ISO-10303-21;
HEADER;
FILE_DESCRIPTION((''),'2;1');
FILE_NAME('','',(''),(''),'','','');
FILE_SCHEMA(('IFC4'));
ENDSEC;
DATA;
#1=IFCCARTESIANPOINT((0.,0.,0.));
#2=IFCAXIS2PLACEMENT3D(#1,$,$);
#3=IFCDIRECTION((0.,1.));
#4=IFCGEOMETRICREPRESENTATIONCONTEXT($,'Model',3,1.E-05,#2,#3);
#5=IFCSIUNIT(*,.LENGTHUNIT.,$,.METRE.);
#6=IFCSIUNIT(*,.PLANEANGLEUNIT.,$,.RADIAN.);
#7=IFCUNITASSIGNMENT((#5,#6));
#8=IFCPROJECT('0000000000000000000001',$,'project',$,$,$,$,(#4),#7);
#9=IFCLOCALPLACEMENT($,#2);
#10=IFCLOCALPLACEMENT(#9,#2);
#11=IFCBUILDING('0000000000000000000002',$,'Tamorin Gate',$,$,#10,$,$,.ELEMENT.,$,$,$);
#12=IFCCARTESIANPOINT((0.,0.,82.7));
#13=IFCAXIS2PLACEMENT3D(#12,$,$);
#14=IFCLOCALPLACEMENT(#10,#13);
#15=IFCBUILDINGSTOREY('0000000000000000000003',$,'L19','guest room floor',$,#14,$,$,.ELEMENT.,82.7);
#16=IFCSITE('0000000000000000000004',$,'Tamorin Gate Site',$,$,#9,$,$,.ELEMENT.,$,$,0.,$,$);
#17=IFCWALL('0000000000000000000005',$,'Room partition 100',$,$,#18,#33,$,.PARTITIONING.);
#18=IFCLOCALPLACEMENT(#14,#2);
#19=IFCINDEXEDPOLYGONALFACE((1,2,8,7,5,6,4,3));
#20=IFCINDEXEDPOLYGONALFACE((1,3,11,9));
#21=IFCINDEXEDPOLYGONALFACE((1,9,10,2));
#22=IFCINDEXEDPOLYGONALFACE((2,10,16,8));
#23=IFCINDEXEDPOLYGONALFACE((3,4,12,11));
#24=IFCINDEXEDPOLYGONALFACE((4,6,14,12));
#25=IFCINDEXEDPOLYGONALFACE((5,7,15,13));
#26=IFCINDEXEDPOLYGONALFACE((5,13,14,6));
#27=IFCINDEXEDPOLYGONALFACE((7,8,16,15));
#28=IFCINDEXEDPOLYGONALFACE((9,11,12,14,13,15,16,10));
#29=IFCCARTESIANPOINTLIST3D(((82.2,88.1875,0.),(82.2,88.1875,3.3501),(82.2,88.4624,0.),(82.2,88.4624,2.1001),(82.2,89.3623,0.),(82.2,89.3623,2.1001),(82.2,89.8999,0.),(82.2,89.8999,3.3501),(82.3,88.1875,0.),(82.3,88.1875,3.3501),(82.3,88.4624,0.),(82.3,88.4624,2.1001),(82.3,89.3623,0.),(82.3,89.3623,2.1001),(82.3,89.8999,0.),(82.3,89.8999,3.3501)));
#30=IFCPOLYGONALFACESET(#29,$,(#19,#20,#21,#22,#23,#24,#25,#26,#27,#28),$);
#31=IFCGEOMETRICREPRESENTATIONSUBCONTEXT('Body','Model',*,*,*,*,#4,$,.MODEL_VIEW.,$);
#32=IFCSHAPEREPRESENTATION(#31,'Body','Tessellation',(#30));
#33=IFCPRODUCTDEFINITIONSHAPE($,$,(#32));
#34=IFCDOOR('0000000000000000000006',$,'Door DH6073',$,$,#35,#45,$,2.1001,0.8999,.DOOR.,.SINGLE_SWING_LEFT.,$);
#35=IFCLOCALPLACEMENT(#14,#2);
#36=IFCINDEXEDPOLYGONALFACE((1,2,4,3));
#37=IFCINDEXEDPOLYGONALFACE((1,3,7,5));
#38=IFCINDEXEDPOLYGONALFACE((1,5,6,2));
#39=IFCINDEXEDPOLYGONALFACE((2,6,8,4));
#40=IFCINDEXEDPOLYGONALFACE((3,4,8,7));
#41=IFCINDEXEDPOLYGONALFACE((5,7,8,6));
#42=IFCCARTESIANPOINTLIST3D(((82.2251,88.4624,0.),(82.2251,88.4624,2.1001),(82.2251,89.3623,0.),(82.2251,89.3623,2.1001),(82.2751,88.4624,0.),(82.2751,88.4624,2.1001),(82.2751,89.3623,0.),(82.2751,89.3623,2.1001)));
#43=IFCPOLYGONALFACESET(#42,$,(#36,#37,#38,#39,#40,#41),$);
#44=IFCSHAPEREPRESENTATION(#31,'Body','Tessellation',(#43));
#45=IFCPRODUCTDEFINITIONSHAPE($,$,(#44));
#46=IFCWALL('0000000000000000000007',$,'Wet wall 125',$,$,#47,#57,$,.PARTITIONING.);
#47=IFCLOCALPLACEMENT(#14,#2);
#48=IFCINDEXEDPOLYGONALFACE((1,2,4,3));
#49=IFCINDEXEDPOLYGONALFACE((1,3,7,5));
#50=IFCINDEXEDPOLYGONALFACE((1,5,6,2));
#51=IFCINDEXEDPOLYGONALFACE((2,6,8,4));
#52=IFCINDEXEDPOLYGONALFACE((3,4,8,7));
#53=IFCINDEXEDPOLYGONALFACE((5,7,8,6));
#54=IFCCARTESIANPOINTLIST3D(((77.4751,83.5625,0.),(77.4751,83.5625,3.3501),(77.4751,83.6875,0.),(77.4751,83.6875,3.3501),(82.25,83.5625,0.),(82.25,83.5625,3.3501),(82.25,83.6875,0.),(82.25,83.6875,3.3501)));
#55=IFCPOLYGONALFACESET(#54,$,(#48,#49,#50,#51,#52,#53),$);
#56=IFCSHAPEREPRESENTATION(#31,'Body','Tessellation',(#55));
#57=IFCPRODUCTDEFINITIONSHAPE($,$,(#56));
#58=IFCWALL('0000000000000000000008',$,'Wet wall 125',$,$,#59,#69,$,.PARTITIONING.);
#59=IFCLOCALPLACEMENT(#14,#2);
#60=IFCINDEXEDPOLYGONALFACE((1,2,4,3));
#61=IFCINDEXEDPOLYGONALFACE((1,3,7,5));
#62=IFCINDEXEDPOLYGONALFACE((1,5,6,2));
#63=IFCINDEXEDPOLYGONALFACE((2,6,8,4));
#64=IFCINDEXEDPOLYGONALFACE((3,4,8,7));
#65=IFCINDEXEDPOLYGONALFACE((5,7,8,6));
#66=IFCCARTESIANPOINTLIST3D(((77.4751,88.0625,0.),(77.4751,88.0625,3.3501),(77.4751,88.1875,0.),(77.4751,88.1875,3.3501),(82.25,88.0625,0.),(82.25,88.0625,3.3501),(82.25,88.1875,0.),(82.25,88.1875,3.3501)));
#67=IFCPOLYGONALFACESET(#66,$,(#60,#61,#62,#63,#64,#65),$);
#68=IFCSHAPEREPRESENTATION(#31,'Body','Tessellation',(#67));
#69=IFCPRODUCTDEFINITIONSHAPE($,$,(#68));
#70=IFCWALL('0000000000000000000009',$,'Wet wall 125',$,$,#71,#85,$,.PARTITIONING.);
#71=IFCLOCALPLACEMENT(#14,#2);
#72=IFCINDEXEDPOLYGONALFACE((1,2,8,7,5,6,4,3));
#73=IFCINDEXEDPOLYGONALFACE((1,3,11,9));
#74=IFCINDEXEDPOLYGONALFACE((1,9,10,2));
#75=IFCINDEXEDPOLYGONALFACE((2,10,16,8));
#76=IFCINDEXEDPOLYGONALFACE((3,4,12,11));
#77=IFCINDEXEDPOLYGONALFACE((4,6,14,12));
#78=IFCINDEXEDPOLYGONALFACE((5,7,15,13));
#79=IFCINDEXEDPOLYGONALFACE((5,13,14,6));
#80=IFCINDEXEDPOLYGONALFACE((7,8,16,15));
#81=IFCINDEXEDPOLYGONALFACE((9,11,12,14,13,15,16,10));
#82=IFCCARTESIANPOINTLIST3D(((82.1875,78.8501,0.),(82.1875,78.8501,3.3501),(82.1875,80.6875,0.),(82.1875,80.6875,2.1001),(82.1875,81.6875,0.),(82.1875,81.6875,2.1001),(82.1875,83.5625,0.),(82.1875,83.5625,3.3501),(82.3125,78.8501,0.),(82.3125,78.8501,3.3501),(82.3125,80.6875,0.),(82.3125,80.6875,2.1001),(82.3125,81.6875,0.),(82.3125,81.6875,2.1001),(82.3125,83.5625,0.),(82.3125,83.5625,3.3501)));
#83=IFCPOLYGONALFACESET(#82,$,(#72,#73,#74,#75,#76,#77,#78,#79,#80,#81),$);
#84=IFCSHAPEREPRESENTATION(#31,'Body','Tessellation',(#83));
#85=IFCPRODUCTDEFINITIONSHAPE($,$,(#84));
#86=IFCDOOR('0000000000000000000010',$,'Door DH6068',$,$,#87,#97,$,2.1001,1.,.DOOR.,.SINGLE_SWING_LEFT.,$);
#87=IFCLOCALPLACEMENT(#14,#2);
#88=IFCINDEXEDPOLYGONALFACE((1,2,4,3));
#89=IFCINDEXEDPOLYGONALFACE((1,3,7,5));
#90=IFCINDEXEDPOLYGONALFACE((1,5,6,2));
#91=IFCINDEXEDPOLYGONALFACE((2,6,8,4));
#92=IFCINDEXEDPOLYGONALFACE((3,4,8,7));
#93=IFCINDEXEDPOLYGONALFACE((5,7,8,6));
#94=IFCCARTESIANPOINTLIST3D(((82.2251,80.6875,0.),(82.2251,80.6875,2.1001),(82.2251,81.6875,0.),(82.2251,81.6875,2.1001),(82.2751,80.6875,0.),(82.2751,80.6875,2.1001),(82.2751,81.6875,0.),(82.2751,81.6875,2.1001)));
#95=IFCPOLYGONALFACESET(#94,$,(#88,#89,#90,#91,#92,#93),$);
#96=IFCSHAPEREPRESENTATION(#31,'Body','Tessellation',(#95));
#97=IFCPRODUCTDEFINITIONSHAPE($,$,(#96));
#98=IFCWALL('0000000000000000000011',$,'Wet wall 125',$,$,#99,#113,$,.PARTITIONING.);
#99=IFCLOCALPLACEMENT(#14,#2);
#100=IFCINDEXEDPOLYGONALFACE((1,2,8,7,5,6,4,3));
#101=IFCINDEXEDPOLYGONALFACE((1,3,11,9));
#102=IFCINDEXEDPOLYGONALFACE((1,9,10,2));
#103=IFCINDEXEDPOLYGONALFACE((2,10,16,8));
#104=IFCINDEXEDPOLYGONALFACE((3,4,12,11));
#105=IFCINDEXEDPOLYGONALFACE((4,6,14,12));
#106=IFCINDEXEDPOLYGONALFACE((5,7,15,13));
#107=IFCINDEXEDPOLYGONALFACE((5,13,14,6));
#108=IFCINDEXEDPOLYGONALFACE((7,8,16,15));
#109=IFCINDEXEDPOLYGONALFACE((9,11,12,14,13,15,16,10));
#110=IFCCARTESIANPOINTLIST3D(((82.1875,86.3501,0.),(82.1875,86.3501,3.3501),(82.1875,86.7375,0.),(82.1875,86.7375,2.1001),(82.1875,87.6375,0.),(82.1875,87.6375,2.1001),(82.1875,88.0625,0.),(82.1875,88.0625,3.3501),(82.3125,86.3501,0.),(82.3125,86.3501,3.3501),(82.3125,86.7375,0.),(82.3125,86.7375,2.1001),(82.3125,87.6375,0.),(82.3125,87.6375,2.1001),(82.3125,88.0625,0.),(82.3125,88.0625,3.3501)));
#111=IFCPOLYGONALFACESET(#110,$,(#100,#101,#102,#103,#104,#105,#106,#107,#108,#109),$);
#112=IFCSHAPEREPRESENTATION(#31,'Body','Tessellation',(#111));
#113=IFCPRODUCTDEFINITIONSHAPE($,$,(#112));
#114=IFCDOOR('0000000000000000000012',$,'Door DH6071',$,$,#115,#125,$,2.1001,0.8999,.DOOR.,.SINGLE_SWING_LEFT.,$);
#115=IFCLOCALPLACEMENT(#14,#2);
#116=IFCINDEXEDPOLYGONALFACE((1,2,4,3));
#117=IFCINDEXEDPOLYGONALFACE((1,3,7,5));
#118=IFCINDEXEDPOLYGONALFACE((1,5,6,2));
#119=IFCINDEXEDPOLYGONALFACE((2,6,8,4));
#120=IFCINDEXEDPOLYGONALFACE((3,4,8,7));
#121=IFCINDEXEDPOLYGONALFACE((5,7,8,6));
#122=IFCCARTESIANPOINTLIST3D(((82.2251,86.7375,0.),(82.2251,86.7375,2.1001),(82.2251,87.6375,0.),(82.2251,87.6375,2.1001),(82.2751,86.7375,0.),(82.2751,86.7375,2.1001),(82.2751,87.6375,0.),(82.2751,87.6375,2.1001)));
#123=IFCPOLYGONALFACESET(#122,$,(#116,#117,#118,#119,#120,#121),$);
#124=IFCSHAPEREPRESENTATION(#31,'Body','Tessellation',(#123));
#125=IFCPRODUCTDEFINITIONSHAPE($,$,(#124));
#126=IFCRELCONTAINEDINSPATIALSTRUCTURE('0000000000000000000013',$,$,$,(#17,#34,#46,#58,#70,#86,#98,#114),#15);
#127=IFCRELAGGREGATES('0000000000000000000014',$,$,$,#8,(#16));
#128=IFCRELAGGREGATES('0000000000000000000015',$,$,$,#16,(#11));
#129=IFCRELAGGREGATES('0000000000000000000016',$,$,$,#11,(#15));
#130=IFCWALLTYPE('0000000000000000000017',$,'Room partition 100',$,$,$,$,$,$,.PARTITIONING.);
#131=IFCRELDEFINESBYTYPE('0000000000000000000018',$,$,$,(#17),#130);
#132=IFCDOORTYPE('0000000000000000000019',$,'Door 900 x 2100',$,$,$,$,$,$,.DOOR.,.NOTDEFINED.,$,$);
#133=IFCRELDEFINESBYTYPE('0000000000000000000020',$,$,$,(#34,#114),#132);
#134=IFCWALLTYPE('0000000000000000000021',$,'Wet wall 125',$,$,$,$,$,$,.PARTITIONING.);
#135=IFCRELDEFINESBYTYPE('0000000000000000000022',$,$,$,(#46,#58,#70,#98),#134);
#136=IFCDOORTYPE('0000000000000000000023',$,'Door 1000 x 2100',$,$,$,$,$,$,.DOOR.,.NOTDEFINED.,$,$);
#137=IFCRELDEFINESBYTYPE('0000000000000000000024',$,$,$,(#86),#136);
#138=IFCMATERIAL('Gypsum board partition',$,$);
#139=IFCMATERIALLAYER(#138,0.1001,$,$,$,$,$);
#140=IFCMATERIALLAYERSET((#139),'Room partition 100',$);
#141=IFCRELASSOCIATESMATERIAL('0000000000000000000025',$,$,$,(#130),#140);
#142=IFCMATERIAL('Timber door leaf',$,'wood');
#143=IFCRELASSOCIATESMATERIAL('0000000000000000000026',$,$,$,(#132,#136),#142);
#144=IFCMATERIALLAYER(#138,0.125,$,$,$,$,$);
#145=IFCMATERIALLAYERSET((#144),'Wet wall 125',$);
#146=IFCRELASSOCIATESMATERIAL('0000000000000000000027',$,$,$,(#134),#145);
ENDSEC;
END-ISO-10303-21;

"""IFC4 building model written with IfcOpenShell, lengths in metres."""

from ifc_helpers import new_model, si_unit, direction, frame, frame_2d, origin, place, context, subcontext, project, spatial, rectangle, extrude, material, layer, layer_set, type_object, element, fill, save


model = new_model("IFC4")

# Units and contexts
model_context = context("Model", 3, precision=1e-05, world=origin(), true_north=direction((0.0, 1.0)))
body_context = subcontext(model_context, "Body", "Model", "MODEL_VIEW")
ifc_project = project(units=[si_unit("LENGTHUNIT", "METRE"), si_unit("PLANEANGLEUNIT", "RADIAN")], contexts=[model_context])

# Site, building, storey
site_placement = place(None, origin())
site = spatial("IfcSite", under=ifc_project, at=site_placement, Name="Tamorin Gate Site", CompositionType="ELEMENT", RefElevation=0.0)
building_placement = place(site_placement, origin())
building = spatial("IfcBuilding", under=site, at=building_placement, Name="Tamorin Gate", CompositionType="ELEMENT")
storey_placement = place(building_placement, frame((0.0, 0.0, 82.7)))
storey = spatial("IfcBuildingStorey", under=building, at=storey_placement, Name="L19", Description="guest room floor", CompositionType="ELEMENT", Elevation=82.7)

# Shared definitions
ifc_material_1 = material(Name="Gypsum board partition")

# Wall, opening, door
ifc_layer_1 = layer(ifc_material_1, 0.1001)
ifc_layer_set_1 = layer_set([ifc_layer_1], Name="Room partition 100")
wall_type_1 = type_object("IfcWallType", Name="Room partition 100", PredefinedType="PARTITIONING", material=ifc_layer_set_1)
ifc_material_2 = material(Name="Timber door leaf", Category="wood")
door_type_1 = type_object("IfcDoorType", Name="Door 900 x 2100", OperationType="NOTDEFINED", PredefinedType="DOOR", material=ifc_material_2)
door_type_2 = type_object("IfcDoorType", Name="Door 1000 x 2100", OperationType="NOTDEFINED", PredefinedType="DOOR", material=ifc_material_2)
wall_1_placement = place(storey_placement, frame((82.25, 88.1875, 0.0), z_axis=(0.0, 0.0, 1.0), x_axis=(0.0, 1.0, 0.0)))
wall_1 = element("IfcWall", 1, at=wall_1_placement, inside=storey, type_object=wall_type_1, Name="Room partition 100", PredefinedType="PARTITIONING", context=body_context, shape_type="SweptSolid", body=[
    extrude(rectangle(XDim=1.7124, YDim=0.1001, at=frame_2d((0.8562, 0.0))), origin(), (0.0, 0.0, 1.0), 3.3501),
])
opening_1_placement = place(wall_1_placement, frame((0.2749, 0.0, 0.0)))
opening_1 = element("IfcOpeningElement", 2, at=opening_1_placement, cuts=wall_1, PredefinedType="OPENING", context=body_context, shape_type="SweptSolid", body=[
    extrude(rectangle(XDim=0.8999, YDim=2.1001, at=frame_2d((0.45, 1.05))), frame((0.0, 0.0601, 0.0), z_axis=(0.0, -1.0, 0.0), x_axis=(1.0, 0.0, 0.0)), (0.0, 0.0, 1.0), 0.1201),
])
door_1_placement = place(opening_1_placement, origin())
door_1 = element("IfcDoor", 3, at=door_1_placement, inside=storey, type_object=door_type_1, Name="Door DH6073", OperationType="SINGLE_SWING_LEFT", OverallHeight=2.1001, OverallWidth=0.8999, PredefinedType="DOOR", context=body_context, shape_type="SweptSolid", body=[
    extrude(rectangle(XDim=0.8999, YDim=2.1001, at=frame_2d((0.45, 1.05))), frame((0.0, 0.0249, 0.0), z_axis=(0.0, -1.0, 0.0), x_axis=(1.0, 0.0, 0.0)), (0.0, 0.0, 1.0), 0.05),
])
fill(opening_1, door_1)

# Walls
ifc_layer_2 = layer(ifc_material_1, 0.125)
ifc_layer_set_2 = layer_set([ifc_layer_2], Name="Wet wall 125")
wall_type_2 = type_object("IfcWallType", Name="Wet wall 125", PredefinedType="PARTITIONING", material=ifc_layer_set_2)
for number, where, z_axis, x_axis, name in (
    (4, (77.4751, 83.625, 0.0), (0.0, 0.0, 1.0), (1.0, 0.0, 0.0), "Wet wall 125"),
    (5, (77.4751, 88.125, 0.0), (0.0, 0.0, 1.0), (1.0, 0.0, 0.0), "Wet wall 125"),
):
    element("IfcWall", number, at=place(storey_placement, frame(where, z_axis=z_axis, x_axis=x_axis)), inside=storey, type_object=wall_type_2, Name=name, PredefinedType="PARTITIONING", context=body_context, shape_type="SweptSolid", body=[
        extrude(rectangle(XDim=4.7749, YDim=0.125, at=frame_2d((2.3875, 0.0))), origin(), (0.0, 0.0, 1.0), 3.3501),
    ])

# Walls, openings, doors
wall_2_placement = place(storey_placement, frame((82.25, 78.8501, 0.0), z_axis=(0.0, 0.0, 1.0), x_axis=(0.0, 1.0, 0.0)))
wall_2 = element("IfcWall", 6, at=wall_2_placement, inside=storey, type_object=wall_type_2, Name="Wet wall 125", PredefinedType="PARTITIONING", context=body_context, shape_type="SweptSolid", body=[
    extrude(rectangle(XDim=4.7124, YDim=0.125, at=frame_2d((2.3562, 0.0))), origin(), (0.0, 0.0, 1.0), 3.3501),
])
opening_2_placement = place(wall_2_placement, frame((1.8374, 0.0, 0.0)))
opening_2 = element("IfcOpeningElement", 7, at=opening_2_placement, cuts=wall_2, PredefinedType="OPENING", context=body_context, shape_type="SweptSolid", body=[
    extrude(rectangle(XDim=1.0, YDim=2.1001, at=frame_2d((0.5, 1.05))), frame((0.0, 0.0725, 0.0), z_axis=(0.0, -1.0, 0.0), x_axis=(1.0, 0.0, 0.0)), (0.0, 0.0, 1.0), 0.145),
])
door_2_placement = place(opening_2_placement, origin())
door_2 = element("IfcDoor", 8, at=door_2_placement, inside=storey, type_object=door_type_2, Name="Door DH6068", OperationType="SINGLE_SWING_LEFT", OverallHeight=2.1001, OverallWidth=1.0, PredefinedType="DOOR", context=body_context, shape_type="SweptSolid", body=[
    extrude(rectangle(XDim=1.0, YDim=2.1001, at=frame_2d((0.5, 1.05))), frame((0.0, 0.0249, 0.0), z_axis=(0.0, -1.0, 0.0), x_axis=(1.0, 0.0, 0.0)), (0.0, 0.0, 1.0), 0.05),
])
fill(opening_2, door_2)
wall_3_placement = place(storey_placement, frame((82.25, 86.3501, 0.0), z_axis=(0.0, 0.0, 1.0), x_axis=(0.0, 1.0, 0.0)))
wall_3 = element("IfcWall", 9, at=wall_3_placement, inside=storey, type_object=wall_type_2, Name="Wet wall 125", PredefinedType="PARTITIONING", context=body_context, shape_type="SweptSolid", body=[
    extrude(rectangle(XDim=1.7124, YDim=0.125, at=frame_2d((0.8562, 0.0))), origin(), (0.0, 0.0, 1.0), 3.3501),
])
opening_3_placement = place(wall_3_placement, frame((0.3875, 0.0, 0.0)))
opening_3 = element("IfcOpeningElement", 10, at=opening_3_placement, cuts=wall_3, PredefinedType="OPENING", context=body_context, shape_type="SweptSolid", body=[
    extrude(rectangle(XDim=0.8999, YDim=2.1001, at=frame_2d((0.45, 1.05))), frame((0.0, 0.0725, 0.0), z_axis=(0.0, -1.0, 0.0), x_axis=(1.0, 0.0, 0.0)), (0.0, 0.0, 1.0), 0.145),
])
door_3_placement = place(opening_3_placement, origin())
door_3 = element("IfcDoor", 11, at=door_3_placement, inside=storey, type_object=door_type_1, Name="Door DH6071", OperationType="SINGLE_SWING_LEFT", OverallHeight=2.1001, OverallWidth=0.8999, PredefinedType="DOOR", context=body_context, shape_type="SweptSolid", body=[
    extrude(rectangle(XDim=0.8999, YDim=2.1001, at=frame_2d((0.45, 1.05))), frame((0.0, 0.0249, 0.0), z_axis=(0.0, -1.0, 0.0), x_axis=(1.0, 0.0, 0.0)), (0.0, 0.0, 1.0), 0.05),
])
fill(opening_3, door_3)

save(model, "model.ifc")
